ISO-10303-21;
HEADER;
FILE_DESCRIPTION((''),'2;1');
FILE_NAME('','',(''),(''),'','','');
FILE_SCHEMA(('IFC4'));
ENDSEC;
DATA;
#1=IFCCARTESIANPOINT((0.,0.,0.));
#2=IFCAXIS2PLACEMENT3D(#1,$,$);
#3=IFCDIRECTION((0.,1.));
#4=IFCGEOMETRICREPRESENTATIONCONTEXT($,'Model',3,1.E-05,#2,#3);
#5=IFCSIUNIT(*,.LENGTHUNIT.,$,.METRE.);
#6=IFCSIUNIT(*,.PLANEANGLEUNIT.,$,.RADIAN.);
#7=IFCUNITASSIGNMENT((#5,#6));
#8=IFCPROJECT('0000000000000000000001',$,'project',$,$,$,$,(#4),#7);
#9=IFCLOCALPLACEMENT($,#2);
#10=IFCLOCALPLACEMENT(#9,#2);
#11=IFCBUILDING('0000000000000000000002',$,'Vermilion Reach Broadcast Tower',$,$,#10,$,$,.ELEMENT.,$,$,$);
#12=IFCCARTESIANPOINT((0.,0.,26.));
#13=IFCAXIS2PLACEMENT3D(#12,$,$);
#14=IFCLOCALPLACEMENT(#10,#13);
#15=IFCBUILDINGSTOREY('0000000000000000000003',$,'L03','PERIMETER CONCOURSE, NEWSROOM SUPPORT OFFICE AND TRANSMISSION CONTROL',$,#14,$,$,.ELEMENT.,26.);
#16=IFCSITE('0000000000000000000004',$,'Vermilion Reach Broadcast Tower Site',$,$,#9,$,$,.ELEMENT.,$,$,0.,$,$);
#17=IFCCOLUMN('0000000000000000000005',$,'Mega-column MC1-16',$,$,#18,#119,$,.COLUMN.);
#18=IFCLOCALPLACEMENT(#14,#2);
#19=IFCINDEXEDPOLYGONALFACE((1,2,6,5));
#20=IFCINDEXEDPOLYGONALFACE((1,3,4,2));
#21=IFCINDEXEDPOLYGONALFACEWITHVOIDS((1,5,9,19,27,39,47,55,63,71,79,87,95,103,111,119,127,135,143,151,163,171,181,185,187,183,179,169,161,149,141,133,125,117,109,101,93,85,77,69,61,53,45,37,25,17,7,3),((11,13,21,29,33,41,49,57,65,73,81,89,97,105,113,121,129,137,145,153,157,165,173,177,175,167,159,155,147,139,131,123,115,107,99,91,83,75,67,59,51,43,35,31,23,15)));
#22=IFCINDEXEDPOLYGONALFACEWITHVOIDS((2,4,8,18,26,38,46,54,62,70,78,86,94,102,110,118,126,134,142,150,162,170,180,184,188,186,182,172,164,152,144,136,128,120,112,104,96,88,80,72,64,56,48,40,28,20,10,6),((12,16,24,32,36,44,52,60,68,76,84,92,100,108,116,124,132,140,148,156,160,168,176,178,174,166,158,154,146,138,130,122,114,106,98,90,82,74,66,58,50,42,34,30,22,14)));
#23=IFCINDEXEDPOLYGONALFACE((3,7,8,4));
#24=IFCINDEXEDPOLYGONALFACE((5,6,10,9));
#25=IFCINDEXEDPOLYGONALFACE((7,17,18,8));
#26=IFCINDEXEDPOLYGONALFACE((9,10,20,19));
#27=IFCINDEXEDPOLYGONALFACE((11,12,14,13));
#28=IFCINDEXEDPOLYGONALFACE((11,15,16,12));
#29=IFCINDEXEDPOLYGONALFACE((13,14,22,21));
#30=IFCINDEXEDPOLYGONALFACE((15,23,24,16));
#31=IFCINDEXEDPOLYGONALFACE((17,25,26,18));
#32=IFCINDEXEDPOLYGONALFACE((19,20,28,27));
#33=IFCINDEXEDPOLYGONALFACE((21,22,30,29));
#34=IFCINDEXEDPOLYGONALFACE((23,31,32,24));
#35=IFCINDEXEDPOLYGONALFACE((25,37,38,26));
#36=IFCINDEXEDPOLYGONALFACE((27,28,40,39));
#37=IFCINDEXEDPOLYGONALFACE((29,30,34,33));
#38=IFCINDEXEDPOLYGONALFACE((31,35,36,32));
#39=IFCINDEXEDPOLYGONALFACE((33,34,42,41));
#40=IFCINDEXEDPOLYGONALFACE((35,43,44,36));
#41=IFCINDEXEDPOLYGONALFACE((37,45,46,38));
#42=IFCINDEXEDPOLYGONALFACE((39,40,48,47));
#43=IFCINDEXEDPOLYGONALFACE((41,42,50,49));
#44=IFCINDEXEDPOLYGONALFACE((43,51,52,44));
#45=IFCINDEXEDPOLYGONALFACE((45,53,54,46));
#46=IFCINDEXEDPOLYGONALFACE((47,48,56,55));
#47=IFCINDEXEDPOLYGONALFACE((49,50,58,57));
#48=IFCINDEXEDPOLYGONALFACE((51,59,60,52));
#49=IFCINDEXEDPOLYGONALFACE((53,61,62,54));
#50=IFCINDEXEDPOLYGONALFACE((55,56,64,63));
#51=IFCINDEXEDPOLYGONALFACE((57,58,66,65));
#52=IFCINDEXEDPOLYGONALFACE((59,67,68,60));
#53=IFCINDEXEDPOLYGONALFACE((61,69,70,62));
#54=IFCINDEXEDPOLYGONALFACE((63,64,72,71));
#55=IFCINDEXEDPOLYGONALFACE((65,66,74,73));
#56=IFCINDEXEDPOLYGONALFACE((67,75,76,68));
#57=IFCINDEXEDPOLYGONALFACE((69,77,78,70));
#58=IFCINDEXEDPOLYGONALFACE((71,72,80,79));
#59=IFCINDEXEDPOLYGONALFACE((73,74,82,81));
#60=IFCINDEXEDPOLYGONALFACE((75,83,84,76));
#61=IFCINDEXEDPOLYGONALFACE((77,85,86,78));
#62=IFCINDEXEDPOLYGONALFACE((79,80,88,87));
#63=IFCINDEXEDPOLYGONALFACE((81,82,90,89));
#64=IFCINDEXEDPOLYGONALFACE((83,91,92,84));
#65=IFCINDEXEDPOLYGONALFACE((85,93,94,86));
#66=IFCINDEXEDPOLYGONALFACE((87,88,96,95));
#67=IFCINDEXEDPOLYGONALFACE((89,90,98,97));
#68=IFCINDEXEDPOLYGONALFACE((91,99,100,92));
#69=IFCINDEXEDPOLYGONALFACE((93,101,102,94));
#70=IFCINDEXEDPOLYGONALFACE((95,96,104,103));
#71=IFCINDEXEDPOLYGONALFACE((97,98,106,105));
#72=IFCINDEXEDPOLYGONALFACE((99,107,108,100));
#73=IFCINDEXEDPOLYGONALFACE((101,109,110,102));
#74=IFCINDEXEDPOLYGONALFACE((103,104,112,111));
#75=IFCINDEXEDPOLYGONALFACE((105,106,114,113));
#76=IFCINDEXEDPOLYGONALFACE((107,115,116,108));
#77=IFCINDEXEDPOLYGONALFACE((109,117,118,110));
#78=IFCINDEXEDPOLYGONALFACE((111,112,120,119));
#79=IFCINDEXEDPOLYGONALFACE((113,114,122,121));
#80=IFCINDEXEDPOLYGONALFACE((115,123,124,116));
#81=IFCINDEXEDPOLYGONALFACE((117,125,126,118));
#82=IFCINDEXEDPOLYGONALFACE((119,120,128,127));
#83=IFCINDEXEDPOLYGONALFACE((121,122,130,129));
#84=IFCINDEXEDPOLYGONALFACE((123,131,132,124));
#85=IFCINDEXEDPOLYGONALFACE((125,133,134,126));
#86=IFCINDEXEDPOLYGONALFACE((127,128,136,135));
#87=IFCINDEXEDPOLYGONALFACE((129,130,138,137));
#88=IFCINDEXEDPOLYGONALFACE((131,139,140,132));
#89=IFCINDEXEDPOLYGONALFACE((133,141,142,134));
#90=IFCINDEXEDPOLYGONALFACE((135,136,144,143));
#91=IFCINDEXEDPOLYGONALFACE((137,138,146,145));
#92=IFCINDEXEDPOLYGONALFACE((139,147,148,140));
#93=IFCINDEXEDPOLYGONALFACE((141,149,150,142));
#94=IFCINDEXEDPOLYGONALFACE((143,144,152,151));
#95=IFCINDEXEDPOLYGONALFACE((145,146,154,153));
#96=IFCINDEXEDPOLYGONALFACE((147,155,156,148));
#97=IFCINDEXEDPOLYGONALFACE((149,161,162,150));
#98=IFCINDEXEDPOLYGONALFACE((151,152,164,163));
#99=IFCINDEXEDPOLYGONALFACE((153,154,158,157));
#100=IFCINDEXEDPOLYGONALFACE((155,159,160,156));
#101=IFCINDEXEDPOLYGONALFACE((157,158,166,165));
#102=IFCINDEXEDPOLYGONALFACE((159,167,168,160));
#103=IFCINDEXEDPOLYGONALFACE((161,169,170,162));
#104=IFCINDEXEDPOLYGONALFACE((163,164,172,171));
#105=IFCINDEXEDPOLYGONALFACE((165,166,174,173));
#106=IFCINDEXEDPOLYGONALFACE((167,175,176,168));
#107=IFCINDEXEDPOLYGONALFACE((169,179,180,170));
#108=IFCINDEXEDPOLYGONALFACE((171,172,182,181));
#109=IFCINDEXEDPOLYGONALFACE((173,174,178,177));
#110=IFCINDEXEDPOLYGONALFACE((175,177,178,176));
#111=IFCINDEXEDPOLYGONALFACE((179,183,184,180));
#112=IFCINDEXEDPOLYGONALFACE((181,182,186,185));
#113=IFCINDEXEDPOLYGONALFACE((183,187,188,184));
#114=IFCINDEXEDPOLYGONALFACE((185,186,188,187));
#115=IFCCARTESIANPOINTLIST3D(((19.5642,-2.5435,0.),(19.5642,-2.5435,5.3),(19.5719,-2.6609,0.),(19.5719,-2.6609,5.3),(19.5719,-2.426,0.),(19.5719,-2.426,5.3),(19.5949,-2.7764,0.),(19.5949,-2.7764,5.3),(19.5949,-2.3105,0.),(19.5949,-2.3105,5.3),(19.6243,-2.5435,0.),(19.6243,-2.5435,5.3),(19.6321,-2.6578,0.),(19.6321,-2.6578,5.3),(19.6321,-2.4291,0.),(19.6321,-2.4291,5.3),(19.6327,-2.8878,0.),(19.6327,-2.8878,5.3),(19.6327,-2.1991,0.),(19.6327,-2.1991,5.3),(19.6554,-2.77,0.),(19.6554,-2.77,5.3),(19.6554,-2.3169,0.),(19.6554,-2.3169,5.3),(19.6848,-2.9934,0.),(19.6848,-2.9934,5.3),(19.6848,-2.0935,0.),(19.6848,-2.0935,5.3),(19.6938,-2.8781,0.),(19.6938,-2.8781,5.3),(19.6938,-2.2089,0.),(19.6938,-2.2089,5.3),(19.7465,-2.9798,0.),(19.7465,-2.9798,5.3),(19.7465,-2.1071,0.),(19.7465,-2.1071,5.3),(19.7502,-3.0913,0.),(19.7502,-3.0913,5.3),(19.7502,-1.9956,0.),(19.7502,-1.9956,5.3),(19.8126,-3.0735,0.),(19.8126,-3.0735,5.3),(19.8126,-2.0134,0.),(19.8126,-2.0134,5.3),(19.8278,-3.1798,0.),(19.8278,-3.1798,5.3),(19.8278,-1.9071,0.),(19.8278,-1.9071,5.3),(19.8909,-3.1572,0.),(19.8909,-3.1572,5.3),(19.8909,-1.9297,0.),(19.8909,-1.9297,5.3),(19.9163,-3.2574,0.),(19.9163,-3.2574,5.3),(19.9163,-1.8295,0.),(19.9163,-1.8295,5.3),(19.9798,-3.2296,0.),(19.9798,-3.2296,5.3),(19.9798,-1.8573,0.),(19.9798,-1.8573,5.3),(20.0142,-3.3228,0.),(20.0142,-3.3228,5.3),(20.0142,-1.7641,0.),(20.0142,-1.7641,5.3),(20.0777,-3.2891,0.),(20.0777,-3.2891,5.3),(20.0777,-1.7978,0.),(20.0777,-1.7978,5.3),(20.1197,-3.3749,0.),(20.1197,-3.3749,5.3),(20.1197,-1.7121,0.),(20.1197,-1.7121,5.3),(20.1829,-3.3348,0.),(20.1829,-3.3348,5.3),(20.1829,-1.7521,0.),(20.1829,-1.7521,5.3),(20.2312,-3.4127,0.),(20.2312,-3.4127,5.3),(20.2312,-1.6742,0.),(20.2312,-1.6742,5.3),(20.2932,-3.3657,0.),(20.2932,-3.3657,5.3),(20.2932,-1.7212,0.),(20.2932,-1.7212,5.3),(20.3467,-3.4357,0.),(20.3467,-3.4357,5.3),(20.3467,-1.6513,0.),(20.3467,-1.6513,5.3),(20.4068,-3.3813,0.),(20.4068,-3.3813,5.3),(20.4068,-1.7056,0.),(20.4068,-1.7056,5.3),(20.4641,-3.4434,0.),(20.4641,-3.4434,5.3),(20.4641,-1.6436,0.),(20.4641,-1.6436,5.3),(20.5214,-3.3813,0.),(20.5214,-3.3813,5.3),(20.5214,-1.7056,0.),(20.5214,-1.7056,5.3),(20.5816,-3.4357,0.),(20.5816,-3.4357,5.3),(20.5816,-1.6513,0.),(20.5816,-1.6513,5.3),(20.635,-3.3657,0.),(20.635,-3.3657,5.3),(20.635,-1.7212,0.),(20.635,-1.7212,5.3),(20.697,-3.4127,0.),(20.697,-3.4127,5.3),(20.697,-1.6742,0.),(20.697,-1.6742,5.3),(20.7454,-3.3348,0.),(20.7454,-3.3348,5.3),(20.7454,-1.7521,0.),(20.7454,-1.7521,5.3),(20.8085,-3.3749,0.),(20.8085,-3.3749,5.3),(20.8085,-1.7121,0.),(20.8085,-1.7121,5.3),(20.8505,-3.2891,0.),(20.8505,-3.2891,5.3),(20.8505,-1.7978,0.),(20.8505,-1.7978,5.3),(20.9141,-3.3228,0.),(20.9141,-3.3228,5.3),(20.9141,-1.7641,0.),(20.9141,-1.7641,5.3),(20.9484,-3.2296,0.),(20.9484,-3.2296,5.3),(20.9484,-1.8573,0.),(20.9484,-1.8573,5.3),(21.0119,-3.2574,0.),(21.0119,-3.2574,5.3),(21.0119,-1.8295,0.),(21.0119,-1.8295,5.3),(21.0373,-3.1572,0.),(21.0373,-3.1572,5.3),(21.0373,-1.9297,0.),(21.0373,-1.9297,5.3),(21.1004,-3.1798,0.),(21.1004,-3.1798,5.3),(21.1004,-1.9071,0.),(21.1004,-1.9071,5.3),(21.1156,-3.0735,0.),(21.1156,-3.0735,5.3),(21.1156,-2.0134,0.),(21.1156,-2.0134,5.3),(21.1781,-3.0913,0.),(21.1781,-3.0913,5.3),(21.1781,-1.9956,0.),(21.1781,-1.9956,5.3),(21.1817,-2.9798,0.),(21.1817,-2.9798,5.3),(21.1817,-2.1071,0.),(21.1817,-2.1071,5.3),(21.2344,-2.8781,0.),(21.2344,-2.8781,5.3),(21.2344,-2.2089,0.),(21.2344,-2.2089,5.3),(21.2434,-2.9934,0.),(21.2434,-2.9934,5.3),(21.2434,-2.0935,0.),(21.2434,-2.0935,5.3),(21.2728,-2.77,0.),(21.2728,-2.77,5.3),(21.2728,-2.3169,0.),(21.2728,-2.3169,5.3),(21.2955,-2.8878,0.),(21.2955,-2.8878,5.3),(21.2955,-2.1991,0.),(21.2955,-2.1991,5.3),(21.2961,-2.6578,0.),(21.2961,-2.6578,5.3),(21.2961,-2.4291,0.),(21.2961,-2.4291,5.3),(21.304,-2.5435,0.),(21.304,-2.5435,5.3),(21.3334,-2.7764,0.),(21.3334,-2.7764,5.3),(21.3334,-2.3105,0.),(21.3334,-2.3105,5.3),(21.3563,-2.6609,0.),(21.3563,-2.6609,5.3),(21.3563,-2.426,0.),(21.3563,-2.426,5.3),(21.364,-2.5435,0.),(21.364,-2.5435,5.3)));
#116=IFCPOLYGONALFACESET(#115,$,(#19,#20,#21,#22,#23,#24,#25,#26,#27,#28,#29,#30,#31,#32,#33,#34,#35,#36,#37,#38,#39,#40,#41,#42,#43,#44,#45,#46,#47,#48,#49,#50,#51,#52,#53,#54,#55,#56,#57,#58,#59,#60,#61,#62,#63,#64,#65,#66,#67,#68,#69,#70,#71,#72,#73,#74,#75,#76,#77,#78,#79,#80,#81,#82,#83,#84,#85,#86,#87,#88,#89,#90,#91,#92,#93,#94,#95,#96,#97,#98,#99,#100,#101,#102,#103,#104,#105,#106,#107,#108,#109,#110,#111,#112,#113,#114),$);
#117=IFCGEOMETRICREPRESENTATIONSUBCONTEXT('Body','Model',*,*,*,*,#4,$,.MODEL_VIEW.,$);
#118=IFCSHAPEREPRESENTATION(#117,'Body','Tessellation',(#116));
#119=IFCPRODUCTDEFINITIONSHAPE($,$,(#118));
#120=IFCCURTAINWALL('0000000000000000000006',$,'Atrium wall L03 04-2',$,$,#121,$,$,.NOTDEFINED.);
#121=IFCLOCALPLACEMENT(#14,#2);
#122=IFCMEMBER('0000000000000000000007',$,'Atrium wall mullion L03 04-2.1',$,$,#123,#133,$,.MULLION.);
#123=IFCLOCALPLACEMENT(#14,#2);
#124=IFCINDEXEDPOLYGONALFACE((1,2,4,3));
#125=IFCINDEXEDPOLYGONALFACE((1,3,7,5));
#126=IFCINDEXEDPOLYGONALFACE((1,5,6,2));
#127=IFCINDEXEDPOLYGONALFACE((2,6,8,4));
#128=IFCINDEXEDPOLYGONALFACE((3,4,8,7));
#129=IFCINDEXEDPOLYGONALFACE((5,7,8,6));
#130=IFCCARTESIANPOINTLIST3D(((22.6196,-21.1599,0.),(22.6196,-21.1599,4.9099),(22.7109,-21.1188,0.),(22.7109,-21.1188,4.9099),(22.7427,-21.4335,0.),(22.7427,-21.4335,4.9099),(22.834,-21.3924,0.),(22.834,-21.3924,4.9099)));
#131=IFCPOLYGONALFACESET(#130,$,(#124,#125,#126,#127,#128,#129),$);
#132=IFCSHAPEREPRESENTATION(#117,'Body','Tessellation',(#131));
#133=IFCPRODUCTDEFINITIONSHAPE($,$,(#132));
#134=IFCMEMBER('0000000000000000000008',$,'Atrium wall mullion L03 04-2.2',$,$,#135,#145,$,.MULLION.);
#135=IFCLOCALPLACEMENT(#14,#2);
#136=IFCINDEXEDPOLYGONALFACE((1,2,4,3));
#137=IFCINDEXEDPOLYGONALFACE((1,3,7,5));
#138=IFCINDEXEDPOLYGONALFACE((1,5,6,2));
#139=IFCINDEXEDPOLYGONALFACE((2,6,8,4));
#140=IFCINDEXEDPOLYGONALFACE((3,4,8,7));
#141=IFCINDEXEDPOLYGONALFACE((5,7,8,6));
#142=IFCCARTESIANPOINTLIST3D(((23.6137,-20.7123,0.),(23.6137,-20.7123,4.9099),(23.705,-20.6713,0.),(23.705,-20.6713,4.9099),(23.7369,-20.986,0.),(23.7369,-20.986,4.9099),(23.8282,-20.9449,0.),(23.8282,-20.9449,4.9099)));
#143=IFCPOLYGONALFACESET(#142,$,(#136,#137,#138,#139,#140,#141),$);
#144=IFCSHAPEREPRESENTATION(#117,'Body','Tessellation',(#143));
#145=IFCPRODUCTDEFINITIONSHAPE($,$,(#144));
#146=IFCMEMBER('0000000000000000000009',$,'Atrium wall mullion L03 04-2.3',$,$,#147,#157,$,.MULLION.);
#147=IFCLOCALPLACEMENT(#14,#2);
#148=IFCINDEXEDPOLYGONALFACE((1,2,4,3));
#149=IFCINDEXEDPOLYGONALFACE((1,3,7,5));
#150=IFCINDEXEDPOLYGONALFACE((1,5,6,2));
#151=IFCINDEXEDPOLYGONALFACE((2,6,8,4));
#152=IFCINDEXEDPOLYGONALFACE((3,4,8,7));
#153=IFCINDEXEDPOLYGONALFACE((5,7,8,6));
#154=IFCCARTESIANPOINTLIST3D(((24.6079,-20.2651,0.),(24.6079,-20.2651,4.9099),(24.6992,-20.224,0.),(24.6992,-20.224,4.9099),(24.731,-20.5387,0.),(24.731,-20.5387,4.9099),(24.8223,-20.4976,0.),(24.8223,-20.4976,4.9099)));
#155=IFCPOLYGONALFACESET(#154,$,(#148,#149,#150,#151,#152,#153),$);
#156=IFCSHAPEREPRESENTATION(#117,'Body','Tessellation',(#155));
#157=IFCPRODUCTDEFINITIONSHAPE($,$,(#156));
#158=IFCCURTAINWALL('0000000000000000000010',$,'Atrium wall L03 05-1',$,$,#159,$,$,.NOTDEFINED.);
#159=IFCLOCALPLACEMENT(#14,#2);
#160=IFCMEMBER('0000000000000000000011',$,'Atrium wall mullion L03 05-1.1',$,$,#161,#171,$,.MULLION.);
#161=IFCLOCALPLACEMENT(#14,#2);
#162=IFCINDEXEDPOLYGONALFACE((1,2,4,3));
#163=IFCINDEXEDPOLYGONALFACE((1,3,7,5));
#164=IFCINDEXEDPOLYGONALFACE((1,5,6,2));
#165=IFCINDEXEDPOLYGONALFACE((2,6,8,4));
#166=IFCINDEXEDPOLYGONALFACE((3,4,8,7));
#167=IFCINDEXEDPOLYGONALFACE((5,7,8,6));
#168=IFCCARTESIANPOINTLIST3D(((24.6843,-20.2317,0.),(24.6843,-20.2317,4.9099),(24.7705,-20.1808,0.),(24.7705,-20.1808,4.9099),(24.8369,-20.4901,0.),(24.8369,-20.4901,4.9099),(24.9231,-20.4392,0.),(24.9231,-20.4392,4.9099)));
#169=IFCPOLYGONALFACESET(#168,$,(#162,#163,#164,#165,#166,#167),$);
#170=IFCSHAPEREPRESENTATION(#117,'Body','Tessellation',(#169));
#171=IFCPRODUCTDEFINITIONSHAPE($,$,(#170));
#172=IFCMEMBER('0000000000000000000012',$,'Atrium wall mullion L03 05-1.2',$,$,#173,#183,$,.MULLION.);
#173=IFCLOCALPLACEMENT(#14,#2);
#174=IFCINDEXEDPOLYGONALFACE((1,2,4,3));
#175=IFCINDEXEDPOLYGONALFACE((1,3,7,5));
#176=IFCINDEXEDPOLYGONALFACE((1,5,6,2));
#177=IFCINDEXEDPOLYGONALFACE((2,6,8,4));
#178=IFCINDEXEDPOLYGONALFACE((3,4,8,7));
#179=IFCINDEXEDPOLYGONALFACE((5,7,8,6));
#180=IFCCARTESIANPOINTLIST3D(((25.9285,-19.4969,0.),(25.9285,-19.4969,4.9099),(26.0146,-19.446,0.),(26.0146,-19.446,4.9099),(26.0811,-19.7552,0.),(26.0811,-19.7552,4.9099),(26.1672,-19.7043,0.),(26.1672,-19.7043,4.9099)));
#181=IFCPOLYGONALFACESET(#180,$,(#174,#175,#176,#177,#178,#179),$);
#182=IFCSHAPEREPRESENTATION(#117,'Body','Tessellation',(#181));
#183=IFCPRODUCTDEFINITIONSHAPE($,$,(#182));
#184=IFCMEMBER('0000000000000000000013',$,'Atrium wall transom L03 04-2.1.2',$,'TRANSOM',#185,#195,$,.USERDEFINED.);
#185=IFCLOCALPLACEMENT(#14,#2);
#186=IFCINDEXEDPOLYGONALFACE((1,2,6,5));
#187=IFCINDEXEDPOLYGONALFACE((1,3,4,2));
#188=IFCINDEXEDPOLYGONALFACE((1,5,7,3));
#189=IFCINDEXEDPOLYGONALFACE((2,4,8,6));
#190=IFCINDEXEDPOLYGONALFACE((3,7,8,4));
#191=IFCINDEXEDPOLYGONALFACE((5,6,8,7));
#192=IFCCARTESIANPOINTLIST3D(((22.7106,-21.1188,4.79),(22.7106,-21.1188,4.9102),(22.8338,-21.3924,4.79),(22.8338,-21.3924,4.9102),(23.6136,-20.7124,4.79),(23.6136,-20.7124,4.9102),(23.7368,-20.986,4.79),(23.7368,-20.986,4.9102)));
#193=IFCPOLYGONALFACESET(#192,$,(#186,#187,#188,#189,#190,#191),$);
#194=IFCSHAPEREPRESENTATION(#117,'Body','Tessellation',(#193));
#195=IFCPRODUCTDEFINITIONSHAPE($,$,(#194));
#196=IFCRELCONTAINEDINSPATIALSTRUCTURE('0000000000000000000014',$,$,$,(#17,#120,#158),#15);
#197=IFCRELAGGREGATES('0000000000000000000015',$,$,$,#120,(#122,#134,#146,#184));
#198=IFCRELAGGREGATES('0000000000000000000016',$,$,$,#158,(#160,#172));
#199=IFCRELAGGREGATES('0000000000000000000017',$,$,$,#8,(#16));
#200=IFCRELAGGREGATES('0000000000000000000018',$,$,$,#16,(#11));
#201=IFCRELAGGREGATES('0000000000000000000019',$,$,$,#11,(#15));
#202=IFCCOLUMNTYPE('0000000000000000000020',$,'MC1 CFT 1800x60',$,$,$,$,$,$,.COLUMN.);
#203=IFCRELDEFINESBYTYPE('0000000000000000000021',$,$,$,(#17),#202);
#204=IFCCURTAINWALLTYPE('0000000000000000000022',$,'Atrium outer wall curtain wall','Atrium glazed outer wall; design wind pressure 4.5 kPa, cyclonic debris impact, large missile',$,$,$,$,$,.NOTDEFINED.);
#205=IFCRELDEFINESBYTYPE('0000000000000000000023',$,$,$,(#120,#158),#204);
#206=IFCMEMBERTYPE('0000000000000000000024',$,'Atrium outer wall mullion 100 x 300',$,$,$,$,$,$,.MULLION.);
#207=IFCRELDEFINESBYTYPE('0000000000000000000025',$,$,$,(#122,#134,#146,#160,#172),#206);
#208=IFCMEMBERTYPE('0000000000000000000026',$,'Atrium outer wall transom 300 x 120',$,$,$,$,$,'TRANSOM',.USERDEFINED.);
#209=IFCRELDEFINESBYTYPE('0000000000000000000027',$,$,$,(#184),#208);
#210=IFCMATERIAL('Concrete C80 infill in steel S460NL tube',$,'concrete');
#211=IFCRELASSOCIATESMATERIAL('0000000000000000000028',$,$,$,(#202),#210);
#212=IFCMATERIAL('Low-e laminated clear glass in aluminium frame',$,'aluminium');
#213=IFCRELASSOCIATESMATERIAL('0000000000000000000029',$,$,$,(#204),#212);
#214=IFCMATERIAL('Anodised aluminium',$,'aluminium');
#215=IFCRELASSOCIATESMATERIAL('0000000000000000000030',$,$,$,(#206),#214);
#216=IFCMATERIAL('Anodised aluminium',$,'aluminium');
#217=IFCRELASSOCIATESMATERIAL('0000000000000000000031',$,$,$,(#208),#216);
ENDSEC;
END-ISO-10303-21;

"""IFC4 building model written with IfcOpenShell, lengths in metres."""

from ifc_helpers import new_model, si_unit, direction, frame, origin, origin_2d, place, context, subcontext, project, spatial, rectangle, hollow_circle, extrude, material, material_profile, profile_set, type_object, element, aggregate, save


model = new_model("IFC4")

# Units and contexts
model_context = context("Model", 3, precision=1e-05, world=origin(), true_north=direction((0.0, 1.0)))
body_context = subcontext(model_context, "Body", "Model", "MODEL_VIEW")
ifc_project = project(units=[si_unit("LENGTHUNIT", "METRE"), si_unit("PLANEANGLEUNIT", "RADIAN")], contexts=[model_context])

# Site, building, storey
site_placement = place(None, origin())
site = spatial("IfcSite", under=ifc_project, at=site_placement, Name="Vermilion Reach Broadcast Tower Site", CompositionType="ELEMENT", RefElevation=0.0)
building_placement = place(site_placement, origin())
building = spatial("IfcBuilding", under=site, at=building_placement, Name="Vermilion Reach Broadcast Tower", CompositionType="ELEMENT")
storey_placement = place(building_placement, frame((0.0, 0.0, 26.0)))
storey = spatial("IfcBuildingStorey", under=building, at=storey_placement, Name="L03", Description="PERIMETER CONCOURSE, NEWSROOM SUPPORT OFFICE AND TRANSMISSION CONTROL", CompositionType="ELEMENT", Elevation=26.0)

# Column
ifc_material_1 = material(Name="Concrete C80 infill in steel S460NL tube", Category="concrete")
ifc_material_profile_1 = material_profile(ifc_material_1, hollow_circle(Radius=0.8999, WallThickness=0.0601, at=origin_2d()), Name="Concrete C80 infill in steel S460NL tube CFT 1800x60")
ifc_profile_set_1 = profile_set([ifc_material_profile_1], Name="Concrete C80 infill in steel S460NL tube")
column_type = type_object("IfcColumnType", Name="MC1 CFT 1800x60", PredefinedType="COLUMN", material=ifc_profile_set_1)
for number, where, z_axis, x_axis, name in (
    (1, (20.4641, -2.5435, 0.0), (0.0, 0.0, 1.0), (1.0, 0.0, 0.0), "Mega-column MC1-16"),
):
    element("IfcColumn", number, at=place(storey_placement, frame(where, z_axis=z_axis, x_axis=x_axis)), inside=storey, type_object=column_type, Name=name, PredefinedType="COLUMN", context=body_context, shape_type="SweptSolid", body=[
        extrude(hollow_circle(Radius=0.8999, WallThickness=0.0601, at=origin_2d()), origin(), (0.0, 0.0, 1.0), 5.3),
    ])

# Curtain walls, members
ifc_material_2 = material(Name="Low-e laminated clear glass in aluminium frame", Category="aluminium")
curtain_wall_type = type_object("IfcCurtainWallType", Name="Atrium outer wall curtain wall", Description="Atrium glazed outer wall; design wind pressure 4.5 kPa, cyclonic debris impact, large missile", PredefinedType="NOTDEFINED", material=ifc_material_2)
placement = place(storey_placement, origin())
curtain_wall_1 = element("IfcCurtainWall", 2, at=placement, inside=storey, type_object=curtain_wall_type, Name="Atrium wall L03 04-2", PredefinedType="NOTDEFINED")
ifc_material_3 = material(Name="Anodised aluminium", Category="aluminium")
ifc_material_profile_2 = material_profile(ifc_material_3, rectangle(XDim=0.3, YDim=0.1001, at=origin_2d()), Name="Atrium outer wall mullion 100 x 300")
ifc_profile_set_2 = profile_set([ifc_material_profile_2], Name="Anodised aluminium")
member_type_1 = type_object("IfcMemberType", Name="Atrium outer wall mullion 100 x 300", PredefinedType="MULLION", material=ifc_profile_set_2)
member_1_placement = place(storey_placement, frame((22.7268, -21.2761, 0.0), z_axis=(0.0, 0.0, 1.0), x_axis=(-0.410408, 0.911902, 0.0)))
member_1 = element("IfcMember", 3, at=member_1_placement, type_object=member_type_1, Name="Atrium wall mullion L03 04-2.1", PredefinedType="MULLION", context=body_context, shape_type="SweptSolid", body=[
    extrude(rectangle(XDim=0.3, YDim=0.1001, at=origin_2d()), origin(), (0.0, 0.0, 1.0), 4.9099),
])
member_2_placement = place(storey_placement, frame((23.7209, -20.8286, 0.0), z_axis=(0.0, 0.0, 1.0), x_axis=(-0.410408, 0.911902, 0.0)))
member_2 = element("IfcMember", 4, at=member_2_placement, type_object=member_type_1, Name="Atrium wall mullion L03 04-2.2", PredefinedType="MULLION", context=body_context, shape_type="SweptSolid", body=[
    extrude(rectangle(XDim=0.3, YDim=0.1001, at=origin_2d()), origin(), (0.0, 0.0, 1.0), 4.9099),
])
member_3_placement = place(storey_placement, frame((24.7151, -20.3813, 0.0), z_axis=(0.0, 0.0, 1.0), x_axis=(-0.410408, 0.911902, 0.0)))
member_3 = element("IfcMember", 5, at=member_3_placement, type_object=member_type_1, Name="Atrium wall mullion L03 04-2.3", PredefinedType="MULLION", context=body_context, shape_type="SweptSolid", body=[
    extrude(rectangle(XDim=0.3, YDim=0.1001, at=origin_2d()), origin(), (0.0, 0.0, 1.0), 4.9099),
])
curtain_wall_2 = element("IfcCurtainWall", 6, at=placement, inside=storey, type_object=curtain_wall_type, Name="Atrium wall L03 05-1", PredefinedType="NOTDEFINED")
member_4_placement = place(storey_placement, frame((24.8037, -20.3354, 0.0), z_axis=(0.0, 0.0, 1.0), x_axis=(-0.50859, 0.861009, 0.0)))
member_4 = element("IfcMember", 7, at=member_4_placement, type_object=member_type_1, Name="Atrium wall mullion L03 05-1.1", PredefinedType="MULLION", context=body_context, shape_type="SweptSolid", body=[
    extrude(rectangle(XDim=0.3, YDim=0.1001, at=origin_2d()), origin(), (0.0, 0.0, 1.0), 4.9099),
])
member_5_placement = place(storey_placement, frame((26.0479, -19.6006, 0.0), z_axis=(0.0, 0.0, 1.0), x_axis=(-0.50859, 0.861009, 0.0)))
member_5 = element("IfcMember", 8, at=member_5_placement, type_object=member_type_1, Name="Atrium wall mullion L03 05-1.2", PredefinedType="MULLION", context=body_context, shape_type="SweptSolid", body=[
    extrude(rectangle(XDim=0.3, YDim=0.1001, at=origin_2d()), origin(), (0.0, 0.0, 1.0), 4.9099),
])

# Member
ifc_material_4 = material(Name="Anodised aluminium", Category="aluminium")
ifc_material_profile_3 = material_profile(ifc_material_4, rectangle(XDim=0.3, YDim=0.1201, at=origin_2d()), Name="Atrium outer wall transom 300 x 120")
ifc_profile_set_3 = profile_set([ifc_material_profile_3], Name="Anodised aluminium")
member_type_2 = type_object("IfcMemberType", Name="Atrium outer wall transom 300 x 120", ElementType="TRANSOM", PredefinedType="USERDEFINED", material=ifc_profile_set_3)
member_6_placement = place(storey_placement, frame((22.7722, -21.2556, 4.8501), z_axis=(0.91188, 0.410457, 0.0), x_axis=(-0.410457, 0.91188, 0.0)))
member_6 = element("IfcMember", 9, at=member_6_placement, type_object=member_type_2, Name="Atrium wall transom L03 04-2.1.2", ObjectType="TRANSOM", PredefinedType="USERDEFINED", context=body_context, shape_type="SweptSolid", body=[
    extrude(rectangle(XDim=0.3, YDim=0.1201, at=origin_2d()), origin(), (0.0, 0.0, 1.0), 0.9902),
])

aggregate(curtain_wall_1, [member_1, member_2, member_3, member_6])
aggregate(curtain_wall_2, [member_4, member_5])

save(model, "model.ifc")
